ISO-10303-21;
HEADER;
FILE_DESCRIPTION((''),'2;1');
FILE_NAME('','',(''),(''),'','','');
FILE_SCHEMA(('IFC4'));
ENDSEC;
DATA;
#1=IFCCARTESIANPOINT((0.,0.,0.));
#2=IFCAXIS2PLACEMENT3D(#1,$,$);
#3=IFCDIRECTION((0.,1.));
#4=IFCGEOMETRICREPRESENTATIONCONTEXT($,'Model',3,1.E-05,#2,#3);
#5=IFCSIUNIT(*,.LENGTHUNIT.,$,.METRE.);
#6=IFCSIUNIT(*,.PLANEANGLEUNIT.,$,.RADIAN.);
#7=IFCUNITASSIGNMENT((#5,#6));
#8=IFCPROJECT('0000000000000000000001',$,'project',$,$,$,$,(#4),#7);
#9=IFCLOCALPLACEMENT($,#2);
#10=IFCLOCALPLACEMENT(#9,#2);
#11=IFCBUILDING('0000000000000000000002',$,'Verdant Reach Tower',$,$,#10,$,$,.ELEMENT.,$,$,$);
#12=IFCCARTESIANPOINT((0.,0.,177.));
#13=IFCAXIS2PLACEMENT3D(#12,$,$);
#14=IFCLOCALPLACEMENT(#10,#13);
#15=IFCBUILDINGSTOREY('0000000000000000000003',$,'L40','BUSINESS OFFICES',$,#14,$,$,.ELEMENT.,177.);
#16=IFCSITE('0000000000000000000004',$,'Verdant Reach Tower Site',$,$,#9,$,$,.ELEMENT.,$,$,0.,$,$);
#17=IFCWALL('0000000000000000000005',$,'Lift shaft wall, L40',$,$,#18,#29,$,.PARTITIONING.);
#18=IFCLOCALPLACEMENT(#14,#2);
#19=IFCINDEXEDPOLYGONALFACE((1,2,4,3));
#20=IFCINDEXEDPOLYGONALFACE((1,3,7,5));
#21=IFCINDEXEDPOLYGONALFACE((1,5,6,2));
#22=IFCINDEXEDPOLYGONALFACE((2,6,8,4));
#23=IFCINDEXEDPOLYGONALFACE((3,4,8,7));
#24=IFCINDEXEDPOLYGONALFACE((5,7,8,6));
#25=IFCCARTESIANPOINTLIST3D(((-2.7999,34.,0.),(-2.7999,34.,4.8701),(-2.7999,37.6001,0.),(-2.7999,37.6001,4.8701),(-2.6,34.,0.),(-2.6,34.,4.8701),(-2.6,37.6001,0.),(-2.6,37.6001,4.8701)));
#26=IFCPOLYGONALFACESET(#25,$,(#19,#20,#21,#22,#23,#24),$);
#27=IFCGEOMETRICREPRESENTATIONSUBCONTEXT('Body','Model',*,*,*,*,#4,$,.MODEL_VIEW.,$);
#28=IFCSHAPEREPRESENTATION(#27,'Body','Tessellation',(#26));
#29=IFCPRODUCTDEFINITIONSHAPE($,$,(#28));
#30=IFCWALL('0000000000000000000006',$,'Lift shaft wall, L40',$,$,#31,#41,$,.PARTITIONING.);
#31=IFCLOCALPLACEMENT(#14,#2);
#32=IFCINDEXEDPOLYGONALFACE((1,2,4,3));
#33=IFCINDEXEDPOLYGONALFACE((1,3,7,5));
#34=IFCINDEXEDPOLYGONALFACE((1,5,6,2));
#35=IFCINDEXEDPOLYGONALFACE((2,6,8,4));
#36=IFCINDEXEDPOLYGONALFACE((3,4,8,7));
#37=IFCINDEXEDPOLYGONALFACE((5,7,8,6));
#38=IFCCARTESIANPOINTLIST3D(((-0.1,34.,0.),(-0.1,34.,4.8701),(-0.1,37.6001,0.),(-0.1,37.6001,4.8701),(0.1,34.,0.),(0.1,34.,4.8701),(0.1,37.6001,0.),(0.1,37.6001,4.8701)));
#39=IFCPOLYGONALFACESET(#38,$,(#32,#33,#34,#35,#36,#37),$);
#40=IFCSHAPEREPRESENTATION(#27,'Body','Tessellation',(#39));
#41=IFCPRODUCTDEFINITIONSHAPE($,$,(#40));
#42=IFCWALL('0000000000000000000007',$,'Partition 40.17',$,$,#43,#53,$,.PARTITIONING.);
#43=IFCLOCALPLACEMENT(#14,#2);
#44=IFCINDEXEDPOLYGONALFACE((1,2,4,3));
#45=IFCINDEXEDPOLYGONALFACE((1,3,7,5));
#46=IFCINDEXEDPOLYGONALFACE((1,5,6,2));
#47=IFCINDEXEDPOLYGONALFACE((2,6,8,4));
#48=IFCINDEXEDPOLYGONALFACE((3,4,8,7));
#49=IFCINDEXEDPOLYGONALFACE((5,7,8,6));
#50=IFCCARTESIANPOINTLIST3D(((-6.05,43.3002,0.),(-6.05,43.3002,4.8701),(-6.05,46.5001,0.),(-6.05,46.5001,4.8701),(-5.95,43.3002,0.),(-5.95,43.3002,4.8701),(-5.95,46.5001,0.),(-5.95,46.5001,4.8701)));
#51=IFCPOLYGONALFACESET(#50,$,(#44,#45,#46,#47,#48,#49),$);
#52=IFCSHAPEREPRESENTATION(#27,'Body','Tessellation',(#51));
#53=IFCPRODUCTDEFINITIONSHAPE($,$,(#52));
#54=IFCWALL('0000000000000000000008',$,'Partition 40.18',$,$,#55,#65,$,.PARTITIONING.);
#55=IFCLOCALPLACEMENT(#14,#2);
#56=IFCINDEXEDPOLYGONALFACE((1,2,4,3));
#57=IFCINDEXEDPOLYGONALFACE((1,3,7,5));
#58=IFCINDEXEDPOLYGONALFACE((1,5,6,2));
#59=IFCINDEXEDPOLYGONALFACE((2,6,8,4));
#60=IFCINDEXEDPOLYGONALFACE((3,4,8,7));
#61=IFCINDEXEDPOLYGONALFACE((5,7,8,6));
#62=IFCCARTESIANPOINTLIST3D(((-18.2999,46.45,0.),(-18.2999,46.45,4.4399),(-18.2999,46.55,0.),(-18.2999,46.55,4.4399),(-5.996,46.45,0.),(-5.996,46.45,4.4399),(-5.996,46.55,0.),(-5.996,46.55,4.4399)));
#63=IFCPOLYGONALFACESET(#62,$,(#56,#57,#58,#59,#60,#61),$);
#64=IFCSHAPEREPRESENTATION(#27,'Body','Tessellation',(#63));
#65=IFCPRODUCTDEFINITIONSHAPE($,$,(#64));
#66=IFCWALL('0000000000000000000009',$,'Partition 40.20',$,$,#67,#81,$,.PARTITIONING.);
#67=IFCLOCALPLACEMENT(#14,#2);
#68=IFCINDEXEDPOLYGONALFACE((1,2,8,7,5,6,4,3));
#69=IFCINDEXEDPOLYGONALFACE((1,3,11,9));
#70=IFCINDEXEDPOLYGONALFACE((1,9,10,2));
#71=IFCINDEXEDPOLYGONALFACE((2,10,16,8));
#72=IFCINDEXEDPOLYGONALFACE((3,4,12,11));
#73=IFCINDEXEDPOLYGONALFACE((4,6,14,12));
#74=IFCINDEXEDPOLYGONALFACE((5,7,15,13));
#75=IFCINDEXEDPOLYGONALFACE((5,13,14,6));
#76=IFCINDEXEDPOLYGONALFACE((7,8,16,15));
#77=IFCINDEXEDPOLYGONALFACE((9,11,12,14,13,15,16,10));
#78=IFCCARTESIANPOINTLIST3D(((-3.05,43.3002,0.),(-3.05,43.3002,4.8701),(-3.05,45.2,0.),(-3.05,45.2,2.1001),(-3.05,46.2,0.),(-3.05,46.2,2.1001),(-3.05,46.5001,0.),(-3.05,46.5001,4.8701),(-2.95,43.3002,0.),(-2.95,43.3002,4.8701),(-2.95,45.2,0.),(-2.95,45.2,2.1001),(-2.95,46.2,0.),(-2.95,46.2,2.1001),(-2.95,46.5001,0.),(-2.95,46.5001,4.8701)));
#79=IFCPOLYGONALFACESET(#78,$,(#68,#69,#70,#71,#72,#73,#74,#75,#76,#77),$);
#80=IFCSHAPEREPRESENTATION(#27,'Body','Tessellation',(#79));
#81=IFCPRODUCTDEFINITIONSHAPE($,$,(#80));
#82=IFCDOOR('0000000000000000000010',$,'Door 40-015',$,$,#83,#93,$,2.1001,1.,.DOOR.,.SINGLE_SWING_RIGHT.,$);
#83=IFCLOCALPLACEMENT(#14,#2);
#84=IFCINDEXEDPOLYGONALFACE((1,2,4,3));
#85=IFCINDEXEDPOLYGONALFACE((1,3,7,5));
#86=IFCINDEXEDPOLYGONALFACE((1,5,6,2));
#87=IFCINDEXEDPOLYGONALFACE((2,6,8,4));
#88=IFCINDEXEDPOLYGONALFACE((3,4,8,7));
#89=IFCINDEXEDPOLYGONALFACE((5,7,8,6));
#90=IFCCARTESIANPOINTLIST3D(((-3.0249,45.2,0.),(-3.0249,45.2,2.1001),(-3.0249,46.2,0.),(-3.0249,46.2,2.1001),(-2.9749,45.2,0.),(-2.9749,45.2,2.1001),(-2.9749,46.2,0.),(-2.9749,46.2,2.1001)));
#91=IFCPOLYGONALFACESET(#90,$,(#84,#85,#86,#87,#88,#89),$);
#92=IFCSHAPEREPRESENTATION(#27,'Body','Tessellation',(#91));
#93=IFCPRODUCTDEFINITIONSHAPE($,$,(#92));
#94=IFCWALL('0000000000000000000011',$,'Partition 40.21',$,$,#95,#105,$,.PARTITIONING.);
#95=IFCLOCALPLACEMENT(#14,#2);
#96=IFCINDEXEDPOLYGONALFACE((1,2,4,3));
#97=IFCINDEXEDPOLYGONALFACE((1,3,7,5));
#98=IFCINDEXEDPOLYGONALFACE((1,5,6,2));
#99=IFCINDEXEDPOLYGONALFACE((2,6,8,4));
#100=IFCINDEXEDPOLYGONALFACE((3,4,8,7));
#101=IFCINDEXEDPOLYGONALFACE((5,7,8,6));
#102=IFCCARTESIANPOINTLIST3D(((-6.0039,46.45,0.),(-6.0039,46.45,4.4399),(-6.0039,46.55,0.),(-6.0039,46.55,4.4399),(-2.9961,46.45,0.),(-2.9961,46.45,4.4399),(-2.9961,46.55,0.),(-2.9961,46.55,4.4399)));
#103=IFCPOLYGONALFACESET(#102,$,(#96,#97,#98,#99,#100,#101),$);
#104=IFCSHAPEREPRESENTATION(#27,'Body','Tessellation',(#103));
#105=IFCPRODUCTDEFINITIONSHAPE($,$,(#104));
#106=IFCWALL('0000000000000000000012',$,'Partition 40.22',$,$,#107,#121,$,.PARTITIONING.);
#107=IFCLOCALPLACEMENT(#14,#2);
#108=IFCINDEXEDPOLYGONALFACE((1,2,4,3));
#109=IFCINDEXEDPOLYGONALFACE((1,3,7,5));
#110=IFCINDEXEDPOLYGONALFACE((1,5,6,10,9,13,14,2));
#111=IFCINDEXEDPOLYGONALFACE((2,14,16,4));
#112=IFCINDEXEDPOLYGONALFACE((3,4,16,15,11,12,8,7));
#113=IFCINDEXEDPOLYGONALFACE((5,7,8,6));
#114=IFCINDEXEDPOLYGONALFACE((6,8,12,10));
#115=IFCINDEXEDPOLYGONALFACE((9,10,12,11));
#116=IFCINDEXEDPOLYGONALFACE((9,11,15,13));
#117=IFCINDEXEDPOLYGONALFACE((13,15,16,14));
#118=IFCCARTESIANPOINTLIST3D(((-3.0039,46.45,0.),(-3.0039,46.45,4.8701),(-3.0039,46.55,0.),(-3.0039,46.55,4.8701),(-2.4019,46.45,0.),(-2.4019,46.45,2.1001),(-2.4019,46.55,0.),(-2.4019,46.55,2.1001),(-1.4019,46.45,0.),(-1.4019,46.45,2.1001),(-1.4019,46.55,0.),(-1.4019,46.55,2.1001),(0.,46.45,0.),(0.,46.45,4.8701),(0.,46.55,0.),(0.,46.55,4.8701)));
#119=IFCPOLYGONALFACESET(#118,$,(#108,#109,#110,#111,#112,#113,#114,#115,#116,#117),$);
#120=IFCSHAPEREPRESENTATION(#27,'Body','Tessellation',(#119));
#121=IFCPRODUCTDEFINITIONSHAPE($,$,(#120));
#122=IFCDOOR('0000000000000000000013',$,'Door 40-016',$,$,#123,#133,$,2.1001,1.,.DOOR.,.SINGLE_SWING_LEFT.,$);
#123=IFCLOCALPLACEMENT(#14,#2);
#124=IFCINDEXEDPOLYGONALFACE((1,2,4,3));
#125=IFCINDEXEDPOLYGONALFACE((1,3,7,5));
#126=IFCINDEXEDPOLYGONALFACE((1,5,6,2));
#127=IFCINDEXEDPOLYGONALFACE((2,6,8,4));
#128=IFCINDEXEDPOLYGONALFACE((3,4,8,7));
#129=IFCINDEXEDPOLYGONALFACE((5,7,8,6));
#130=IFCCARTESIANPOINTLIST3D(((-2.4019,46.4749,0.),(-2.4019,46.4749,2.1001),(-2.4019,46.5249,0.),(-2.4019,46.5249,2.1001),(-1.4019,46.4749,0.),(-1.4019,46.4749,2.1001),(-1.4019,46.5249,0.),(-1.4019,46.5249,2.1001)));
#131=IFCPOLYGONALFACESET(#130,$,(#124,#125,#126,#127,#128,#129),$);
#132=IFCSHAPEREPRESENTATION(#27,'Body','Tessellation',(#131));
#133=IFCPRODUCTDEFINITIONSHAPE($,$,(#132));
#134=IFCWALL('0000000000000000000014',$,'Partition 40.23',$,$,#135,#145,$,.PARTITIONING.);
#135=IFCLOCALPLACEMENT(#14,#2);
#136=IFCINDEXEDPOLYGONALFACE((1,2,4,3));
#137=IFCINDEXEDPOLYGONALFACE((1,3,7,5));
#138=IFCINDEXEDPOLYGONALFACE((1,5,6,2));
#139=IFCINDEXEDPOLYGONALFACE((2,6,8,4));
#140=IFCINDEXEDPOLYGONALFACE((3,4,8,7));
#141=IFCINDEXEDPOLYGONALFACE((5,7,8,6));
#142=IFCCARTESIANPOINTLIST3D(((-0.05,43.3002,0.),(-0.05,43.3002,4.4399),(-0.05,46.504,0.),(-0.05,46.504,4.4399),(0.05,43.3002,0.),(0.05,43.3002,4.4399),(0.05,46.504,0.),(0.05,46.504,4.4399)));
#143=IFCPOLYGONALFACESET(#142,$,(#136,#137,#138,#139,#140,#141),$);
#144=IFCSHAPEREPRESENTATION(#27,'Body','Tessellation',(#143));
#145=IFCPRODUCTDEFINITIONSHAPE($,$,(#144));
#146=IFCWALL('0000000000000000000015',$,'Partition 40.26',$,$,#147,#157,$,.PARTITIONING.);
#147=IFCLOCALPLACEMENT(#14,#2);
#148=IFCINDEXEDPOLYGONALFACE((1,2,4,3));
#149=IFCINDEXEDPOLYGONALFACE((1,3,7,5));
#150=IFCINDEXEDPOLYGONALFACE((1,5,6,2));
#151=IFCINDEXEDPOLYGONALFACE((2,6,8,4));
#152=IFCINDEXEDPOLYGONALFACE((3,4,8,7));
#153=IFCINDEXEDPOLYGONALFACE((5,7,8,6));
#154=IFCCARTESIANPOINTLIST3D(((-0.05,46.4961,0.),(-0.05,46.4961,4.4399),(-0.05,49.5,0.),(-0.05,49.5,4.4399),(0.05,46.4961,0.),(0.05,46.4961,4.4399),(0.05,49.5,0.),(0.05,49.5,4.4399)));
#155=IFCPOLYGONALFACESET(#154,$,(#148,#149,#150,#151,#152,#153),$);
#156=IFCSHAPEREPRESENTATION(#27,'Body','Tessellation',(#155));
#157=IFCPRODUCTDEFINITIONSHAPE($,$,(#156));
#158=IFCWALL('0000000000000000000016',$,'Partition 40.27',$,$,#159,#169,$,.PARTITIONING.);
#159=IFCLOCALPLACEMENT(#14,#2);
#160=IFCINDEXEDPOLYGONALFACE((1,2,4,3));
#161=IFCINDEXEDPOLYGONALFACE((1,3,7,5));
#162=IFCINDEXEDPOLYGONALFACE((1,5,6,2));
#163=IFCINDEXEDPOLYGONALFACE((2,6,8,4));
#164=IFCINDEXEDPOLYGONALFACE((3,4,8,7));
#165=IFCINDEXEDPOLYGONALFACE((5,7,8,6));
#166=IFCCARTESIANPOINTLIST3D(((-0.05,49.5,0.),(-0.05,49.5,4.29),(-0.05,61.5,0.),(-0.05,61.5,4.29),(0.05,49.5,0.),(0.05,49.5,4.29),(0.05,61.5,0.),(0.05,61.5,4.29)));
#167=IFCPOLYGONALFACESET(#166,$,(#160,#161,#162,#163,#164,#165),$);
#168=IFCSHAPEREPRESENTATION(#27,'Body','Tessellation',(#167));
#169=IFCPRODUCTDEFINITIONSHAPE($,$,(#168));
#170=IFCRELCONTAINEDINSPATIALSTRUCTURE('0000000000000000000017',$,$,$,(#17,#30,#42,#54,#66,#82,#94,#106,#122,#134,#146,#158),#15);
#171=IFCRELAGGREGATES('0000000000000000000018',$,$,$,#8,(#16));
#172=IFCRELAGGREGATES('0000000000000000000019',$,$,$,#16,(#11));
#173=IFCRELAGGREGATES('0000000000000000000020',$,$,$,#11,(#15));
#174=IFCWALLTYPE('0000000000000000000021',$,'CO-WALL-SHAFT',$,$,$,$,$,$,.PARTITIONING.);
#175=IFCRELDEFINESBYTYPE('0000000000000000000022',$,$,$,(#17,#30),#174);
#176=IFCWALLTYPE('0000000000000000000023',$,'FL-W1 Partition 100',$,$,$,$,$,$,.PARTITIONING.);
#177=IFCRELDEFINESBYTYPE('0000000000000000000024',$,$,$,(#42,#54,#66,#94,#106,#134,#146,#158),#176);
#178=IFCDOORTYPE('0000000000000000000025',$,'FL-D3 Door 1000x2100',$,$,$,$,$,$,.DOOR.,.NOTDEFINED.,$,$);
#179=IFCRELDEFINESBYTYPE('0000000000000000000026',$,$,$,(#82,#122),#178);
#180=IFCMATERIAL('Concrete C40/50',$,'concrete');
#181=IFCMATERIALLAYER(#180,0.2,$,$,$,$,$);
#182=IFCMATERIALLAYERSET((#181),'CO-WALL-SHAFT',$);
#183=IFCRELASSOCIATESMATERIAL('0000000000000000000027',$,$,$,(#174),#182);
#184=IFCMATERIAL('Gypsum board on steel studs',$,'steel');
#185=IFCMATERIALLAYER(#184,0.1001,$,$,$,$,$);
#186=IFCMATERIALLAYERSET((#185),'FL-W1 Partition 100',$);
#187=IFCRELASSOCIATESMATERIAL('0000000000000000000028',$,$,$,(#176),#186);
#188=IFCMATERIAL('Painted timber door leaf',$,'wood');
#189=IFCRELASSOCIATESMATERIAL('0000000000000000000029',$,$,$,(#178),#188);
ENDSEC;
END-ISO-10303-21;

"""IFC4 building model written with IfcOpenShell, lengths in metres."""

from ifc_helpers import new_model, si_unit, direction, frame, frame_2d, origin, place, context, subcontext, project, spatial, rectangle, extrude, material, layer, layer_set, type_object, element, fill, save


model = new_model("IFC4")

# Units and contexts
model_context = context("Model", 3, precision=1e-05, world=origin(), true_north=direction((0.0, 1.0)))
body_context = subcontext(model_context, "Body", "Model", "MODEL_VIEW")
ifc_project = project(units=[si_unit("LENGTHUNIT", "METRE"), si_unit("PLANEANGLEUNIT", "RADIAN")], contexts=[model_context])

# Site, building, storey
site_placement = place(None, origin())
site = spatial("IfcSite", under=ifc_project, at=site_placement, Name="Verdant Reach Tower Site", CompositionType="ELEMENT", RefElevation=0.0)
building_placement = place(site_placement, origin())
building = spatial("IfcBuilding", under=site, at=building_placement, Name="Verdant Reach Tower", CompositionType="ELEMENT")
storey_placement = place(building_placement, frame((0.0, 0.0, 177.0)))
storey = spatial("IfcBuildingStorey", under=building, at=storey_placement, Name="L40", Description="BUSINESS OFFICES", CompositionType="ELEMENT", Elevation=177.0)

# Walls
ifc_material_1 = material(Name="Concrete C40/50", Category="concrete")
ifc_layer_1 = layer(ifc_material_1, 0.2)
ifc_layer_set_1 = layer_set([ifc_layer_1], Name="CO-WALL-SHAFT")
wall_type_1 = type_object("IfcWallType", Name="CO-WALL-SHAFT", PredefinedType="PARTITIONING", material=ifc_layer_set_1)
for number, where, z_axis, x_axis, name in (
    (1, (-2.7, 34.0, 0.0), (0.0, 0.0, 1.0), (0.0, 1.0, 0.0), "Lift shaft wall, L40"),
    (2, (0.0, 34.0, 0.0), (0.0, 0.0, 1.0), (0.0, 1.0, 0.0), "Lift shaft wall, L40"),
):
    element("IfcWall", number, at=place(storey_placement, frame(where, z_axis=z_axis, x_axis=x_axis)), inside=storey, type_object=wall_type_1, Name=name, PredefinedType="PARTITIONING", context=body_context, shape_type="SweptSolid", body=[
        extrude(rectangle(XDim=3.6001, YDim=0.2, at=frame_2d((1.8, 0.0))), origin(), (0.0, 0.0, 1.0), 4.8701),
    ])
ifc_material_2 = material(Name="Gypsum board on steel studs", Category="steel")
ifc_layer_2 = layer(ifc_material_2, 0.1001)
ifc_layer_set_2 = layer_set([ifc_layer_2], Name="FL-W1 Partition 100")
wall_type_2 = type_object("IfcWallType", Name="FL-W1 Partition 100", PredefinedType="PARTITIONING", material=ifc_layer_set_2)
wall_1_placement = place(storey_placement, frame((-6.0, 43.3, 0.0), z_axis=(0.0, 0.0, 1.0), x_axis=(0.0, 1.0, 0.0)))
element("IfcWall", 3, at=wall_1_placement, inside=storey, type_object=wall_type_2, Name="Partition 40.17", PredefinedType="PARTITIONING", context=body_context, shape_type="SweptSolid", body=[
    extrude(rectangle(XDim=3.2, YDim=0.1001, at=frame_2d((1.6001, 0.0))), origin(), (0.0, 0.0, 1.0), 4.8701),
])
wall_2_placement = place(storey_placement, frame((-5.9961, 46.5, 0.0), z_axis=(0.0, 0.0, 1.0), x_axis=(-1.0, 0.0, 0.0)))
element("IfcWall", 4, at=wall_2_placement, inside=storey, type_object=wall_type_2, Name="Partition 40.18", PredefinedType="PARTITIONING", context=body_context, shape_type="SweptSolid", body=[
    extrude(rectangle(XDim=12.304, YDim=0.1001, at=frame_2d((6.1519, 0.0))), origin(), (0.0, 0.0, 1.0), 4.4399),
])

# Wall, opening, door
wall_3_placement = place(storey_placement, frame((-3.0, 43.3, 0.0), z_axis=(0.0, 0.0, 1.0), x_axis=(0.0, 1.0, 0.0)))
wall_3 = element("IfcWall", 5, at=wall_3_placement, inside=storey, type_object=wall_type_2, Name="Partition 40.20", PredefinedType="PARTITIONING", context=body_context, shape_type="SweptSolid", body=[
    extrude(rectangle(XDim=3.2, YDim=0.1001, at=frame_2d((1.6001, 0.0))), origin(), (0.0, 0.0, 1.0), 4.8701),
])
opening_1_placement = place(wall_3_placement, frame((1.8999, 0.0, 0.0)))
opening_1 = element("IfcOpeningElement", 6, at=opening_1_placement, cuts=wall_3, PredefinedType="OPENING", context=body_context, shape_type="SweptSolid", body=[
    extrude(rectangle(XDim=1.0, YDim=2.1001, at=frame_2d((0.5, 1.05))), frame((0.0, 0.0601, 0.0), z_axis=(0.0, -1.0, 0.0), x_axis=(1.0, 0.0, 0.0)), (0.0, 0.0, 1.0), 0.1201),
])
ifc_material_3 = material(Name="Painted timber door leaf", Category="wood")
door_type_1 = type_object("IfcDoorType", Name="FL-D3 Door 1000x2100", OperationType="NOTDEFINED", PredefinedType="DOOR", material=ifc_material_3)
door_1_placement = place(opening_1_placement, origin())
door_1 = element("IfcDoor", 7, at=door_1_placement, inside=storey, type_object=door_type_1, Name="Door 40-015", OperationType="SINGLE_SWING_RIGHT", OverallHeight=2.1001, OverallWidth=1.0, PredefinedType="DOOR", context=body_context, shape_type="SweptSolid", body=[
    extrude(rectangle(XDim=1.0, YDim=2.1001, at=frame_2d((0.5, 1.05))), frame((0.0, 0.0249, 0.0), z_axis=(0.0, -1.0, 0.0), x_axis=(1.0, 0.0, 0.0)), (0.0, 0.0, 1.0), 0.05),
])
fill(opening_1, door_1)

# Wall
wall_4_placement = place(storey_placement, frame((-2.9961, 46.5, 0.0), z_axis=(0.0, 0.0, 1.0), x_axis=(-1.0, 0.0, 0.0)))
element("IfcWall", 8, at=wall_4_placement, inside=storey, type_object=wall_type_2, Name="Partition 40.21", PredefinedType="PARTITIONING", context=body_context, shape_type="SweptSolid", body=[
    extrude(rectangle(XDim=3.0078, YDim=0.1001, at=frame_2d((1.5039, 0.0))), origin(), (0.0, 0.0, 1.0), 4.4399),
])

# Wall, opening, door
wall_5_placement = place(storey_placement, frame((-3.0039, 46.5, 0.0), z_axis=(0.0, 0.0, 1.0), x_axis=(1.0, 0.0, 0.0)))
wall_5 = element("IfcWall", 9, at=wall_5_placement, inside=storey, type_object=wall_type_2, Name="Partition 40.22", PredefinedType="PARTITIONING", context=body_context, shape_type="SweptSolid", body=[
    extrude(rectangle(XDim=3.0039, YDim=0.1001, at=frame_2d((1.502, 0.0))), origin(), (0.0, 0.0, 1.0), 4.8701),
])
opening_2_placement = place(wall_5_placement, frame((0.6021, 0.0, 0.0)))
opening_2 = element("IfcOpeningElement", 10, at=opening_2_placement, cuts=wall_5, PredefinedType="OPENING", context=body_context, shape_type="SweptSolid", body=[
    extrude(rectangle(XDim=1.0, YDim=2.1001, at=frame_2d((0.5, 1.05))), frame((0.0, 0.0601, 0.0), z_axis=(0.0, -1.0, 0.0), x_axis=(1.0, 0.0, 0.0)), (0.0, 0.0, 1.0), 0.1201),
])
door_2_placement = place(opening_2_placement, origin())
door_2 = element("IfcDoor", 11, at=door_2_placement, inside=storey, type_object=door_type_1, Name="Door 40-016", OperationType="SINGLE_SWING_LEFT", OverallHeight=2.1001, OverallWidth=1.0, PredefinedType="DOOR", context=body_context, shape_type="SweptSolid", body=[
    extrude(rectangle(XDim=1.0, YDim=2.1001, at=frame_2d((0.5, 1.05))), frame((0.0, 0.0249, 0.0), z_axis=(0.0, -1.0, 0.0), x_axis=(1.0, 0.0, 0.0)), (0.0, 0.0, 1.0), 0.05),
])
fill(opening_2, door_2)

# Walls
wall_6_placement = place(storey_placement, frame((0.0, 43.3, 0.0), z_axis=(0.0, 0.0, 1.0), x_axis=(0.0, 1.0, 0.0)))
element("IfcWall", 12, at=wall_6_placement, inside=storey, type_object=wall_type_2, Name="Partition 40.23", PredefinedType="PARTITIONING", context=body_context, shape_type="SweptSolid", body=[
    extrude(rectangle(XDim=3.2039, YDim=0.1001, at=frame_2d((1.6021, 0.0))), origin(), (0.0, 0.0, 1.0), 4.4399),
])
wall_7_placement = place(storey_placement, frame((0.0, 46.4961, 0.0), z_axis=(0.0, 0.0, 1.0), x_axis=(0.0, 1.0, 0.0)))
element("IfcWall", 13, at=wall_7_placement, inside=storey, type_object=wall_type_2, Name="Partition 40.26", PredefinedType="PARTITIONING", context=body_context, shape_type="SweptSolid", body=[
    extrude(rectangle(XDim=3.0039, YDim=0.1001, at=frame_2d((1.502, 0.0))), origin(), (0.0, 0.0, 1.0), 4.4399),
])
wall_8_placement = place(storey_placement, frame((0.0, 49.5, 0.0), z_axis=(0.0, 0.0, 1.0), x_axis=(0.0, 1.0, 0.0)))
element("IfcWall", 14, at=wall_8_placement, inside=storey, type_object=wall_type_2, Name="Partition 40.27", PredefinedType="PARTITIONING", context=body_context, shape_type="SweptSolid", body=[
    extrude(rectangle(XDim=12.0, YDim=0.1001, at=frame_2d((6.0, 0.0))), origin(), (0.0, 0.0, 1.0), 4.29),
])

save(model, "model.ifc")
